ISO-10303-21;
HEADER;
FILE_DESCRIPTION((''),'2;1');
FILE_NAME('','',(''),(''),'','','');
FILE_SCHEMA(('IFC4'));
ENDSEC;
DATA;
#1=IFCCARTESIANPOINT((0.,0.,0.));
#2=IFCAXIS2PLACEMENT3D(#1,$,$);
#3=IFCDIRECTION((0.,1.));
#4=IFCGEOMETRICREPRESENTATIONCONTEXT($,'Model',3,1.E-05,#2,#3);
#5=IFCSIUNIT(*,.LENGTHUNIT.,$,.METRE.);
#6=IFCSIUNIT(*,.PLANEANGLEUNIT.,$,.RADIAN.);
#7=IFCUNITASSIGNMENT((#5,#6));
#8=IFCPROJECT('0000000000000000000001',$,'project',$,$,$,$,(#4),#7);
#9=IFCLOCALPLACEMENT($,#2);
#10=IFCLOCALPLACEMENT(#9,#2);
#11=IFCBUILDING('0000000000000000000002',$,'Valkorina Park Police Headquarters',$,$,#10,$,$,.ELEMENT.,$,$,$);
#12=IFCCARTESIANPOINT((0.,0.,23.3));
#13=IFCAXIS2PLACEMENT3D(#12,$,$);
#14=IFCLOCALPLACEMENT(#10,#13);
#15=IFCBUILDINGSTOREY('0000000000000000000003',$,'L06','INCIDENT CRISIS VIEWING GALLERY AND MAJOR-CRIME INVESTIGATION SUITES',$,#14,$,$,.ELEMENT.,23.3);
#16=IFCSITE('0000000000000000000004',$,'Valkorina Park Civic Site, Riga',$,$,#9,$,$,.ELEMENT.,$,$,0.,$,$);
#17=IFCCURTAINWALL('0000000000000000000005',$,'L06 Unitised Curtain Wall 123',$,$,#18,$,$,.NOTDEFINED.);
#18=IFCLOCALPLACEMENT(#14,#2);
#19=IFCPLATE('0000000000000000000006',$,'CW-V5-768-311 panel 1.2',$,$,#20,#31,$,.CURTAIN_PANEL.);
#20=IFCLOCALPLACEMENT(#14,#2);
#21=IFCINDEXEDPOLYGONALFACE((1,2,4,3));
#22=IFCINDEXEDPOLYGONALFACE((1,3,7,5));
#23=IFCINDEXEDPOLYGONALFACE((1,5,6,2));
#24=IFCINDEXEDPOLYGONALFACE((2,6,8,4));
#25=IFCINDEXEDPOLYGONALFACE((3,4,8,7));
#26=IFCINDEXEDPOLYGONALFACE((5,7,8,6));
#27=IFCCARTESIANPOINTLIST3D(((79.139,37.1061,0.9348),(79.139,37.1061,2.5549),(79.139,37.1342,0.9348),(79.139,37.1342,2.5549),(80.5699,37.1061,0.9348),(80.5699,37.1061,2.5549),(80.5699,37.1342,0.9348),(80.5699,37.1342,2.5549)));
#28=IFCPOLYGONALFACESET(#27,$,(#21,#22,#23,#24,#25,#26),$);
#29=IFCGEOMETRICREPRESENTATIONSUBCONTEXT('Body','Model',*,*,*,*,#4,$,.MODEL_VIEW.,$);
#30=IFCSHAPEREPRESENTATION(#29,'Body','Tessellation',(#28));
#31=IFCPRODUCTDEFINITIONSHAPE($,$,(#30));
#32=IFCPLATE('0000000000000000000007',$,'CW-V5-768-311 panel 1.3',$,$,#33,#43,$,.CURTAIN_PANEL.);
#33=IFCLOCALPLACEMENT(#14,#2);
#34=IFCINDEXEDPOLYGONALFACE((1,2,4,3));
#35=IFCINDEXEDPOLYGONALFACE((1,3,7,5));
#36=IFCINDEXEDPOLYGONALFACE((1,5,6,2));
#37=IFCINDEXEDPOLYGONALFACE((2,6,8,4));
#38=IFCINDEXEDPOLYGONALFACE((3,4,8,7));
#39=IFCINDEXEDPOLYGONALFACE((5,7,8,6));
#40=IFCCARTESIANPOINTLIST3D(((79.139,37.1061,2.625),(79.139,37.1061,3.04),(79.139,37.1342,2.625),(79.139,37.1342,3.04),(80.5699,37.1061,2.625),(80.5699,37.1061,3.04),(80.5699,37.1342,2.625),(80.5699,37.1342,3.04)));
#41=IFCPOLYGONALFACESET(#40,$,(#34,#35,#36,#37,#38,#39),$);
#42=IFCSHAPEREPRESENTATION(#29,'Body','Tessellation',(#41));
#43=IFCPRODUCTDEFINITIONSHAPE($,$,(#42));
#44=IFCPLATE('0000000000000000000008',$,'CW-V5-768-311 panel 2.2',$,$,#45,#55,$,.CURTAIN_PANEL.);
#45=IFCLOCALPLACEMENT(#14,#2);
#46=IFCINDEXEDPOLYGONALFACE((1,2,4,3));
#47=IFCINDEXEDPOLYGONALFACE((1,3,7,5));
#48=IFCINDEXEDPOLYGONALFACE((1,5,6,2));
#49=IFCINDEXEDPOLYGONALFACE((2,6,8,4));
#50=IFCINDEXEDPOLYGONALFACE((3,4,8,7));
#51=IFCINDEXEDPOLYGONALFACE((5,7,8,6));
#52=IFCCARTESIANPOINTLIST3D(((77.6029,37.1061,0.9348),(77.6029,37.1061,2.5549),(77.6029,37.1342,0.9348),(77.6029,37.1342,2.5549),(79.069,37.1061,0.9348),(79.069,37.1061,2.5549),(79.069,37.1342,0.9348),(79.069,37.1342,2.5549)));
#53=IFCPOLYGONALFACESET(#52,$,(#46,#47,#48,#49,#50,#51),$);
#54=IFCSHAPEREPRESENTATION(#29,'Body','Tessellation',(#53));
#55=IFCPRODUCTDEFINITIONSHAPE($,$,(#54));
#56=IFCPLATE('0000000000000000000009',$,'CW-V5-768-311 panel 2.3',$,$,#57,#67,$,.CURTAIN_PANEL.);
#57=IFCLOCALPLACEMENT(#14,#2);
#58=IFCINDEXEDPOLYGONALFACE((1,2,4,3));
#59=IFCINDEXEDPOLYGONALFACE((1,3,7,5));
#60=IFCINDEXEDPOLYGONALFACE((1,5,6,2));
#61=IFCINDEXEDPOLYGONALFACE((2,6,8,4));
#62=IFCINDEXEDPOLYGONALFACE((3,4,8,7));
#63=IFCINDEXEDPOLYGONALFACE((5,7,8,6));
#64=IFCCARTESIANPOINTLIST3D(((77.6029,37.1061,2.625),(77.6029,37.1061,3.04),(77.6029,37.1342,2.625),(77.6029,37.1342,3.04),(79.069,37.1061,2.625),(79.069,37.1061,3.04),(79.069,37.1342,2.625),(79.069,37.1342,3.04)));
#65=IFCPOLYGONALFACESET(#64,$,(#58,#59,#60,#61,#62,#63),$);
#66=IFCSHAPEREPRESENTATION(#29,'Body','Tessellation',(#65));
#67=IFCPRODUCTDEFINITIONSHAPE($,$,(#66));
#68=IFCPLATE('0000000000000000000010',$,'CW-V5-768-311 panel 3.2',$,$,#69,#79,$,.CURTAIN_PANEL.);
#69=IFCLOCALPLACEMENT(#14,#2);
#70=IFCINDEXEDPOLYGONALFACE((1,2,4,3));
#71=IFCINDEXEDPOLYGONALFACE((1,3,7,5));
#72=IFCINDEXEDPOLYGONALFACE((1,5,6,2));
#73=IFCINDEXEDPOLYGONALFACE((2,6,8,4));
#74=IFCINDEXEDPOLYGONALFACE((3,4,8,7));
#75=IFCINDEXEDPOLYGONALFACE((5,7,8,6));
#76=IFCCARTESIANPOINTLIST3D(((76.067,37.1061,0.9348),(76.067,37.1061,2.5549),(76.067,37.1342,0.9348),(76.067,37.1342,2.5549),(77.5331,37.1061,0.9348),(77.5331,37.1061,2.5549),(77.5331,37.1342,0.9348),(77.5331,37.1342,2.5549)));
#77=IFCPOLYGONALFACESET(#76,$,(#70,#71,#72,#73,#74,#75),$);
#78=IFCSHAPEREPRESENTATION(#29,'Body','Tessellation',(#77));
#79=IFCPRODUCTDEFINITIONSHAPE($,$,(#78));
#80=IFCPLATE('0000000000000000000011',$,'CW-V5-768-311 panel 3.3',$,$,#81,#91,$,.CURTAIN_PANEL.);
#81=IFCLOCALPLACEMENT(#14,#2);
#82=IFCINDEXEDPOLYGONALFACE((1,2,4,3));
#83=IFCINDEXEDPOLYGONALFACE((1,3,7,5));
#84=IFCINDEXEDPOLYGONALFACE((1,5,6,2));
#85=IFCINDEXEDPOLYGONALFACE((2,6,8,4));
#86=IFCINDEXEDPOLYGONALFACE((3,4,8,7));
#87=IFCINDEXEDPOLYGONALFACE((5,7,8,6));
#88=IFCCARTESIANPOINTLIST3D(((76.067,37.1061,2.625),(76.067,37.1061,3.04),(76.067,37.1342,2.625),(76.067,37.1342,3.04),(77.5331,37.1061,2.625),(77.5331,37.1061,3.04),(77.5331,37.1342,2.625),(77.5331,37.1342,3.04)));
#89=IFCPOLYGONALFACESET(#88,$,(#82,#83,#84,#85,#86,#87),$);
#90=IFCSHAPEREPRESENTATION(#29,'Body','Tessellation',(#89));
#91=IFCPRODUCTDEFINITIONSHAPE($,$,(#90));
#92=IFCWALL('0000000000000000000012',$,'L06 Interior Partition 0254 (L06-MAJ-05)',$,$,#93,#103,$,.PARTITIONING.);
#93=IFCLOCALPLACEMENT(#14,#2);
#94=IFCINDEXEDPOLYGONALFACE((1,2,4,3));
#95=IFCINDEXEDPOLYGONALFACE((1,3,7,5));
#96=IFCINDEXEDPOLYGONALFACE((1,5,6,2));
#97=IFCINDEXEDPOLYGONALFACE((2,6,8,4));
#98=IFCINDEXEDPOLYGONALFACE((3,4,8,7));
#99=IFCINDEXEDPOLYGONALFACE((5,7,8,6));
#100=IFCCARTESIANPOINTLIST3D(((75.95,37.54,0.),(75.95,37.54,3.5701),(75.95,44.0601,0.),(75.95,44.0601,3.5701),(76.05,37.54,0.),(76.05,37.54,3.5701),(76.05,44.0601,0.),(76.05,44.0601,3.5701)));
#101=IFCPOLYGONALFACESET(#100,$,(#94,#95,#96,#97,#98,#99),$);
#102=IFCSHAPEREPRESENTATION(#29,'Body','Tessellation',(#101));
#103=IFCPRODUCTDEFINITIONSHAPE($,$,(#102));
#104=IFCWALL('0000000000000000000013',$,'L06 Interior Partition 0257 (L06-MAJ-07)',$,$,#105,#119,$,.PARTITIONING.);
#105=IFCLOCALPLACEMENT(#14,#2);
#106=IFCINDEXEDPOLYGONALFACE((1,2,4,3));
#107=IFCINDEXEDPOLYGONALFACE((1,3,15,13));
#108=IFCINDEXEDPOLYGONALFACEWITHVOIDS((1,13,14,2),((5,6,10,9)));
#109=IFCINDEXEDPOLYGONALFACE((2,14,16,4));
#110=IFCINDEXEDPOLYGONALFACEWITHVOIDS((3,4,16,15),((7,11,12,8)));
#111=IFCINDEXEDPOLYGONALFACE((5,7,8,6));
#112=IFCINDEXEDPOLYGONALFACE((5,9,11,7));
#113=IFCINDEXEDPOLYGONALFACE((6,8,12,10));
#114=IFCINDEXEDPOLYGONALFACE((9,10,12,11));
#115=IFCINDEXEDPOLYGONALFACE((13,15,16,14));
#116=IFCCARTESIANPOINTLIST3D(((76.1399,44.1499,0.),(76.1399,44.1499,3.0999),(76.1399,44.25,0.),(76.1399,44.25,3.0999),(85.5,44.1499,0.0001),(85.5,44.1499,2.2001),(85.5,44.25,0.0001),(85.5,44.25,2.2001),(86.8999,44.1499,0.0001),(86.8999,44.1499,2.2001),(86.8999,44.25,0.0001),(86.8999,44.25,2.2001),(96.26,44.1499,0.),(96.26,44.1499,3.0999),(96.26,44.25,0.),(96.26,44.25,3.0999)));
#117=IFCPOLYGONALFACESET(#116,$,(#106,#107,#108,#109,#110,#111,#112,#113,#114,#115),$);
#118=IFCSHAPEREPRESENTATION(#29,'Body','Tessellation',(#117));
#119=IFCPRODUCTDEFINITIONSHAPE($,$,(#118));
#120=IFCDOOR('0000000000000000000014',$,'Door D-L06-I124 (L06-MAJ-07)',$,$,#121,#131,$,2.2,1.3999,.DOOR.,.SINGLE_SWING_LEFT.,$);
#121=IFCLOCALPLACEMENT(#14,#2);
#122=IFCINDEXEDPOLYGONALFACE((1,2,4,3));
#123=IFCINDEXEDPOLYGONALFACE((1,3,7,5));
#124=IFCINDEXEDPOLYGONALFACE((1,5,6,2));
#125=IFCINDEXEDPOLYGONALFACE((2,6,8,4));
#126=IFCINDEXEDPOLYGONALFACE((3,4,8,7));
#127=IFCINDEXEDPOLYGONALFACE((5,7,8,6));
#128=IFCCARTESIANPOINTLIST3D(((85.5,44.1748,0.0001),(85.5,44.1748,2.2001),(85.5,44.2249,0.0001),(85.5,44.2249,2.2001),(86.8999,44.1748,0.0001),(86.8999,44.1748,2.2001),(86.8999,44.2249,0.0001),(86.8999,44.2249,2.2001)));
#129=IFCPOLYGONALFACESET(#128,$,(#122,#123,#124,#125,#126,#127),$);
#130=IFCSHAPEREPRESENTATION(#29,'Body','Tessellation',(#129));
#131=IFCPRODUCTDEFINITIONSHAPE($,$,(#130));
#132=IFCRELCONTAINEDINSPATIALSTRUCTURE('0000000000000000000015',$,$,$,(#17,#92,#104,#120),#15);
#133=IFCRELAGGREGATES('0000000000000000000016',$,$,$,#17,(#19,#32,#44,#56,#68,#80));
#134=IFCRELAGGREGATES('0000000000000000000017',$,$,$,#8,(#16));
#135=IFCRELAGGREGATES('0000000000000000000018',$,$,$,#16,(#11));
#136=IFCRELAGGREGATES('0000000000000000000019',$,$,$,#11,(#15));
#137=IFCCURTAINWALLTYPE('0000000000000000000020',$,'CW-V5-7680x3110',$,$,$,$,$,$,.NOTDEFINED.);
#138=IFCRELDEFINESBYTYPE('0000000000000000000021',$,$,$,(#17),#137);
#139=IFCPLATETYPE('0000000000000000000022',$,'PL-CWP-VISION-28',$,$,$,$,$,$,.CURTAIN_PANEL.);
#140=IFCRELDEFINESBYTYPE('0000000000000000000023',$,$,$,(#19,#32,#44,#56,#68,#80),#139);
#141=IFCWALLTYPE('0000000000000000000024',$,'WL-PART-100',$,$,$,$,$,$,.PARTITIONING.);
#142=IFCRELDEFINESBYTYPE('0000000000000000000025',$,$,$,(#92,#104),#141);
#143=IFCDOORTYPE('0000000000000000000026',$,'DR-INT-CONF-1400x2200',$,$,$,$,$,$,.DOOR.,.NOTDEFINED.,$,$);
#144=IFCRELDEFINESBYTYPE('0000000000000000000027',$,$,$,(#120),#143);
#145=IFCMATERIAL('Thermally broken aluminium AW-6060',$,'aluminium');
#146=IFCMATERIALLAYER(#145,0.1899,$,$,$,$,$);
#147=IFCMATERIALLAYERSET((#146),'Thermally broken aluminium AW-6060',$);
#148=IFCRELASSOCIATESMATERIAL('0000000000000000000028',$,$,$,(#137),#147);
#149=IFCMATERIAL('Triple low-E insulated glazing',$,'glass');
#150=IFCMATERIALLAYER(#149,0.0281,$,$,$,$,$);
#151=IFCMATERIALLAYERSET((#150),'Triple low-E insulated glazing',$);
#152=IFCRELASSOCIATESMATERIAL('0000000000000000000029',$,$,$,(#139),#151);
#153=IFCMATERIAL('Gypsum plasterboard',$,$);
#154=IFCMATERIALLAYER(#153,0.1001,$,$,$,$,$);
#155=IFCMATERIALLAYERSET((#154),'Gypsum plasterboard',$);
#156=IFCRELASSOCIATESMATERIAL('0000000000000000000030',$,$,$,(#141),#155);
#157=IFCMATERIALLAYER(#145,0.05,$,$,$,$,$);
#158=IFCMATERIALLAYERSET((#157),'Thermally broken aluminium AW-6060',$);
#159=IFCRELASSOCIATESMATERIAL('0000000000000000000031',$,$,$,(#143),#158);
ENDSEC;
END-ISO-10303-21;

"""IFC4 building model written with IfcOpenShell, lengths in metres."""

from ifc_helpers import new_model, si_unit, direction, frame, frame_2d, origin, origin_2d, place, context, subcontext, project, spatial, rectangle, extrude, material, layer, layer_set, type_object, element, fill, aggregate, save


model = new_model("IFC4")

# Units and contexts
model_context = context("Model", 3, precision=1e-05, world=origin(), true_north=direction((0.0, 1.0)))
body_context = subcontext(model_context, "Body", "Model", "MODEL_VIEW")
ifc_project = project(units=[si_unit("LENGTHUNIT", "METRE"), si_unit("PLANEANGLEUNIT", "RADIAN")], contexts=[model_context])

# Site, building, storey
site_placement = place(None, origin())
site = spatial("IfcSite", under=ifc_project, at=site_placement, Name="Valkorina Park Civic Site, Riga", CompositionType="ELEMENT", RefElevation=0.0)
building_placement = place(site_placement, origin())
building = spatial("IfcBuilding", under=site, at=building_placement, Name="Valkorina Park Police Headquarters", CompositionType="ELEMENT")
storey_placement = place(building_placement, frame((0.0, 0.0, 23.3)))
storey = spatial("IfcBuildingStorey", under=building, at=storey_placement, Name="L06", Description="INCIDENT CRISIS VIEWING GALLERY AND MAJOR-CRIME INVESTIGATION SUITES", CompositionType="ELEMENT", Elevation=23.3)

# Shared definitions
ifc_material_1 = material(Name="Thermally broken aluminium AW-6060", Category="aluminium")
ifc_layer_1 = layer(ifc_material_1, 0.1899)
ifc_layer_set_1 = layer_set([ifc_layer_1], Name="Thermally broken aluminium AW-6060")
curtain_wall_type = type_object("IfcCurtainWallType", Name="CW-V5-7680x3110", PredefinedType="NOTDEFINED", material=ifc_layer_set_1)

# Curtain wall
curtain_wall_1_placement = place(storey_placement, origin())
curtain_wall_1 = element("IfcCurtainWall", 1, at=curtain_wall_1_placement, inside=storey, type_object=curtain_wall_type, Name="L06 Unitised Curtain Wall 123", PredefinedType="NOTDEFINED")

# Plates
ifc_material_2 = material(Name="Triple low-E insulated glazing", Category="glass")
ifc_layer_2 = layer(ifc_material_2, 0.0281)
ifc_layer_set_2 = layer_set([ifc_layer_2], Name="Triple low-E insulated glazing")
plate_type_1 = type_object("IfcPlateType", Name="PL-CWP-VISION-28", PredefinedType="CURTAIN_PANEL", material=ifc_layer_set_2)
plate_1_placement = place(storey_placement, frame((79.8545, 37.1201, 0.9348), z_axis=(0.0, 0.0, 1.0), x_axis=(-1.0, 0.0, 0.0)))
plate_1 = element("IfcPlate", 2, at=plate_1_placement, type_object=plate_type_1, Name="CW-V5-768-311 panel 1.2", PredefinedType="CURTAIN_PANEL", context=body_context, shape_type="SweptSolid", body=[
    extrude(rectangle(XDim=1.4309, YDim=0.0281, at=origin_2d()), origin(), (0.0, 0.0, 1.0), 1.6201),
])
plate_2_placement = place(storey_placement, frame((79.8545, 37.1201, 2.625), z_axis=(0.0, 0.0, 1.0), x_axis=(-1.0, 0.0, 0.0)))
plate_2 = element("IfcPlate", 3, at=plate_2_placement, type_object=plate_type_1, Name="CW-V5-768-311 panel 1.3", PredefinedType="CURTAIN_PANEL", context=body_context, shape_type="SweptSolid", body=[
    extrude(rectangle(XDim=1.4309, YDim=0.0281, at=origin_2d()), origin(), (0.0, 0.0, 1.0), 0.415),
])
plate_3_placement = place(storey_placement, frame((78.3359, 37.1201, 0.9348), z_axis=(0.0, 0.0, 1.0), x_axis=(-1.0, 0.0, 0.0)))
plate_3 = element("IfcPlate", 4, at=plate_3_placement, type_object=plate_type_1, Name="CW-V5-768-311 panel 2.2", PredefinedType="CURTAIN_PANEL", context=body_context, shape_type="SweptSolid", body=[
    extrude(rectangle(XDim=1.4661, YDim=0.0281, at=origin_2d()), origin(), (0.0, 0.0, 1.0), 1.6201),
])
plate_4_placement = place(storey_placement, frame((78.3359, 37.1201, 2.625), z_axis=(0.0, 0.0, 1.0), x_axis=(-1.0, 0.0, 0.0)))
plate_4 = element("IfcPlate", 5, at=plate_4_placement, type_object=plate_type_1, Name="CW-V5-768-311 panel 2.3", PredefinedType="CURTAIN_PANEL", context=body_context, shape_type="SweptSolid", body=[
    extrude(rectangle(XDim=1.4661, YDim=0.0281, at=origin_2d()), origin(), (0.0, 0.0, 1.0), 0.415),
])
plate_5_placement = place(storey_placement, frame((76.8, 37.1201, 0.9348), z_axis=(0.0, 0.0, 1.0), x_axis=(-1.0, 0.0, 0.0)))
plate_5 = element("IfcPlate", 6, at=plate_5_placement, type_object=plate_type_1, Name="CW-V5-768-311 panel 3.2", PredefinedType="CURTAIN_PANEL", context=body_context, shape_type="SweptSolid", body=[
    extrude(rectangle(XDim=1.4661, YDim=0.0281, at=origin_2d()), origin(), (0.0, 0.0, 1.0), 1.6201),
])
plate_6_placement = place(storey_placement, frame((76.8, 37.1201, 2.625), z_axis=(0.0, 0.0, 1.0), x_axis=(-1.0, 0.0, 0.0)))
plate_6 = element("IfcPlate", 7, at=plate_6_placement, type_object=plate_type_1, Name="CW-V5-768-311 panel 3.3", PredefinedType="CURTAIN_PANEL", context=body_context, shape_type="SweptSolid", body=[
    extrude(rectangle(XDim=1.4661, YDim=0.0281, at=origin_2d()), origin(), (0.0, 0.0, 1.0), 0.415),
])
aggregate(curtain_wall_1, [plate_1, plate_2, plate_3, plate_4, plate_5, plate_6])

# Wall
ifc_material_3 = material(Name="Gypsum plasterboard")
ifc_layer_3 = layer(ifc_material_3, 0.1001)
ifc_layer_set_3 = layer_set([ifc_layer_3], Name="Gypsum plasterboard")
wall_type = type_object("IfcWallType", Name="WL-PART-100", PredefinedType="PARTITIONING", material=ifc_layer_set_3)
wall_1_placement = place(storey_placement, frame((76.0, 37.54, 0.0), z_axis=(0.0, 0.0, 1.0), x_axis=(0.0, 1.0, 0.0)))
element("IfcWall", 8, at=wall_1_placement, inside=storey, type_object=wall_type, Name="L06 Interior Partition 0254 (L06-MAJ-05)", PredefinedType="PARTITIONING", context=body_context, shape_type="SweptSolid", body=[
    extrude(rectangle(XDim=6.52, YDim=0.1001, at=frame_2d((3.26, 0.0))), origin(), (0.0, 0.0, 1.0), 3.5701),
])

# Wall, opening, door
wall_2_placement = place(storey_placement, frame((76.1399, 44.2, 0.0), z_axis=(0.0, 0.0, 1.0), x_axis=(1.0, 0.0, 0.0)))
wall_2 = element("IfcWall", 9, at=wall_2_placement, inside=storey, type_object=wall_type, Name="L06 Interior Partition 0257 (L06-MAJ-07)", PredefinedType="PARTITIONING", context=body_context, shape_type="SweptSolid", body=[
    extrude(rectangle(XDim=20.1201, YDim=0.1001, at=frame_2d((10.0601, 0.0))), origin(), (0.0, 0.0, 1.0), 3.0999),
])
opening_placement = place(wall_2_placement, frame((9.3601, 0.0, 0.0)))
opening = element("IfcOpeningElement", 10, at=opening_placement, cuts=wall_2, PredefinedType="OPENING", context=body_context, shape_type="SweptSolid", body=[
    extrude(rectangle(XDim=1.3999, YDim=2.2, at=frame_2d((0.7, 1.1001))), frame((0.0, 0.0601, 0.0), z_axis=(0.0, -1.0, 0.0), x_axis=(1.0, 0.0, 0.0)), (0.0, 0.0, 1.0), 0.1201),
])
ifc_layer_4 = layer(ifc_material_1, 0.05)
ifc_layer_set_4 = layer_set([ifc_layer_4], Name="Thermally broken aluminium AW-6060")
door_type = type_object("IfcDoorType", Name="DR-INT-CONF-1400x2200", OperationType="NOTDEFINED", PredefinedType="DOOR", material=ifc_layer_set_4)
door_placement = place(opening_placement, origin())
door = element("IfcDoor", 11, at=door_placement, inside=storey, type_object=door_type, Name="Door D-L06-I124 (L06-MAJ-07)", OperationType="SINGLE_SWING_LEFT", OverallHeight=2.2, OverallWidth=1.3999, PredefinedType="DOOR", context=body_context, shape_type="SweptSolid", body=[
    extrude(rectangle(XDim=1.3999, YDim=2.2, at=frame_2d((0.7, 1.1001))), frame((0.0, 0.0249, 0.0), z_axis=(0.0, -1.0, 0.0), x_axis=(1.0, 0.0, 0.0)), (0.0, 0.0, 1.0), 0.05),
])
fill(opening, door)

save(model, "model.ifc")
